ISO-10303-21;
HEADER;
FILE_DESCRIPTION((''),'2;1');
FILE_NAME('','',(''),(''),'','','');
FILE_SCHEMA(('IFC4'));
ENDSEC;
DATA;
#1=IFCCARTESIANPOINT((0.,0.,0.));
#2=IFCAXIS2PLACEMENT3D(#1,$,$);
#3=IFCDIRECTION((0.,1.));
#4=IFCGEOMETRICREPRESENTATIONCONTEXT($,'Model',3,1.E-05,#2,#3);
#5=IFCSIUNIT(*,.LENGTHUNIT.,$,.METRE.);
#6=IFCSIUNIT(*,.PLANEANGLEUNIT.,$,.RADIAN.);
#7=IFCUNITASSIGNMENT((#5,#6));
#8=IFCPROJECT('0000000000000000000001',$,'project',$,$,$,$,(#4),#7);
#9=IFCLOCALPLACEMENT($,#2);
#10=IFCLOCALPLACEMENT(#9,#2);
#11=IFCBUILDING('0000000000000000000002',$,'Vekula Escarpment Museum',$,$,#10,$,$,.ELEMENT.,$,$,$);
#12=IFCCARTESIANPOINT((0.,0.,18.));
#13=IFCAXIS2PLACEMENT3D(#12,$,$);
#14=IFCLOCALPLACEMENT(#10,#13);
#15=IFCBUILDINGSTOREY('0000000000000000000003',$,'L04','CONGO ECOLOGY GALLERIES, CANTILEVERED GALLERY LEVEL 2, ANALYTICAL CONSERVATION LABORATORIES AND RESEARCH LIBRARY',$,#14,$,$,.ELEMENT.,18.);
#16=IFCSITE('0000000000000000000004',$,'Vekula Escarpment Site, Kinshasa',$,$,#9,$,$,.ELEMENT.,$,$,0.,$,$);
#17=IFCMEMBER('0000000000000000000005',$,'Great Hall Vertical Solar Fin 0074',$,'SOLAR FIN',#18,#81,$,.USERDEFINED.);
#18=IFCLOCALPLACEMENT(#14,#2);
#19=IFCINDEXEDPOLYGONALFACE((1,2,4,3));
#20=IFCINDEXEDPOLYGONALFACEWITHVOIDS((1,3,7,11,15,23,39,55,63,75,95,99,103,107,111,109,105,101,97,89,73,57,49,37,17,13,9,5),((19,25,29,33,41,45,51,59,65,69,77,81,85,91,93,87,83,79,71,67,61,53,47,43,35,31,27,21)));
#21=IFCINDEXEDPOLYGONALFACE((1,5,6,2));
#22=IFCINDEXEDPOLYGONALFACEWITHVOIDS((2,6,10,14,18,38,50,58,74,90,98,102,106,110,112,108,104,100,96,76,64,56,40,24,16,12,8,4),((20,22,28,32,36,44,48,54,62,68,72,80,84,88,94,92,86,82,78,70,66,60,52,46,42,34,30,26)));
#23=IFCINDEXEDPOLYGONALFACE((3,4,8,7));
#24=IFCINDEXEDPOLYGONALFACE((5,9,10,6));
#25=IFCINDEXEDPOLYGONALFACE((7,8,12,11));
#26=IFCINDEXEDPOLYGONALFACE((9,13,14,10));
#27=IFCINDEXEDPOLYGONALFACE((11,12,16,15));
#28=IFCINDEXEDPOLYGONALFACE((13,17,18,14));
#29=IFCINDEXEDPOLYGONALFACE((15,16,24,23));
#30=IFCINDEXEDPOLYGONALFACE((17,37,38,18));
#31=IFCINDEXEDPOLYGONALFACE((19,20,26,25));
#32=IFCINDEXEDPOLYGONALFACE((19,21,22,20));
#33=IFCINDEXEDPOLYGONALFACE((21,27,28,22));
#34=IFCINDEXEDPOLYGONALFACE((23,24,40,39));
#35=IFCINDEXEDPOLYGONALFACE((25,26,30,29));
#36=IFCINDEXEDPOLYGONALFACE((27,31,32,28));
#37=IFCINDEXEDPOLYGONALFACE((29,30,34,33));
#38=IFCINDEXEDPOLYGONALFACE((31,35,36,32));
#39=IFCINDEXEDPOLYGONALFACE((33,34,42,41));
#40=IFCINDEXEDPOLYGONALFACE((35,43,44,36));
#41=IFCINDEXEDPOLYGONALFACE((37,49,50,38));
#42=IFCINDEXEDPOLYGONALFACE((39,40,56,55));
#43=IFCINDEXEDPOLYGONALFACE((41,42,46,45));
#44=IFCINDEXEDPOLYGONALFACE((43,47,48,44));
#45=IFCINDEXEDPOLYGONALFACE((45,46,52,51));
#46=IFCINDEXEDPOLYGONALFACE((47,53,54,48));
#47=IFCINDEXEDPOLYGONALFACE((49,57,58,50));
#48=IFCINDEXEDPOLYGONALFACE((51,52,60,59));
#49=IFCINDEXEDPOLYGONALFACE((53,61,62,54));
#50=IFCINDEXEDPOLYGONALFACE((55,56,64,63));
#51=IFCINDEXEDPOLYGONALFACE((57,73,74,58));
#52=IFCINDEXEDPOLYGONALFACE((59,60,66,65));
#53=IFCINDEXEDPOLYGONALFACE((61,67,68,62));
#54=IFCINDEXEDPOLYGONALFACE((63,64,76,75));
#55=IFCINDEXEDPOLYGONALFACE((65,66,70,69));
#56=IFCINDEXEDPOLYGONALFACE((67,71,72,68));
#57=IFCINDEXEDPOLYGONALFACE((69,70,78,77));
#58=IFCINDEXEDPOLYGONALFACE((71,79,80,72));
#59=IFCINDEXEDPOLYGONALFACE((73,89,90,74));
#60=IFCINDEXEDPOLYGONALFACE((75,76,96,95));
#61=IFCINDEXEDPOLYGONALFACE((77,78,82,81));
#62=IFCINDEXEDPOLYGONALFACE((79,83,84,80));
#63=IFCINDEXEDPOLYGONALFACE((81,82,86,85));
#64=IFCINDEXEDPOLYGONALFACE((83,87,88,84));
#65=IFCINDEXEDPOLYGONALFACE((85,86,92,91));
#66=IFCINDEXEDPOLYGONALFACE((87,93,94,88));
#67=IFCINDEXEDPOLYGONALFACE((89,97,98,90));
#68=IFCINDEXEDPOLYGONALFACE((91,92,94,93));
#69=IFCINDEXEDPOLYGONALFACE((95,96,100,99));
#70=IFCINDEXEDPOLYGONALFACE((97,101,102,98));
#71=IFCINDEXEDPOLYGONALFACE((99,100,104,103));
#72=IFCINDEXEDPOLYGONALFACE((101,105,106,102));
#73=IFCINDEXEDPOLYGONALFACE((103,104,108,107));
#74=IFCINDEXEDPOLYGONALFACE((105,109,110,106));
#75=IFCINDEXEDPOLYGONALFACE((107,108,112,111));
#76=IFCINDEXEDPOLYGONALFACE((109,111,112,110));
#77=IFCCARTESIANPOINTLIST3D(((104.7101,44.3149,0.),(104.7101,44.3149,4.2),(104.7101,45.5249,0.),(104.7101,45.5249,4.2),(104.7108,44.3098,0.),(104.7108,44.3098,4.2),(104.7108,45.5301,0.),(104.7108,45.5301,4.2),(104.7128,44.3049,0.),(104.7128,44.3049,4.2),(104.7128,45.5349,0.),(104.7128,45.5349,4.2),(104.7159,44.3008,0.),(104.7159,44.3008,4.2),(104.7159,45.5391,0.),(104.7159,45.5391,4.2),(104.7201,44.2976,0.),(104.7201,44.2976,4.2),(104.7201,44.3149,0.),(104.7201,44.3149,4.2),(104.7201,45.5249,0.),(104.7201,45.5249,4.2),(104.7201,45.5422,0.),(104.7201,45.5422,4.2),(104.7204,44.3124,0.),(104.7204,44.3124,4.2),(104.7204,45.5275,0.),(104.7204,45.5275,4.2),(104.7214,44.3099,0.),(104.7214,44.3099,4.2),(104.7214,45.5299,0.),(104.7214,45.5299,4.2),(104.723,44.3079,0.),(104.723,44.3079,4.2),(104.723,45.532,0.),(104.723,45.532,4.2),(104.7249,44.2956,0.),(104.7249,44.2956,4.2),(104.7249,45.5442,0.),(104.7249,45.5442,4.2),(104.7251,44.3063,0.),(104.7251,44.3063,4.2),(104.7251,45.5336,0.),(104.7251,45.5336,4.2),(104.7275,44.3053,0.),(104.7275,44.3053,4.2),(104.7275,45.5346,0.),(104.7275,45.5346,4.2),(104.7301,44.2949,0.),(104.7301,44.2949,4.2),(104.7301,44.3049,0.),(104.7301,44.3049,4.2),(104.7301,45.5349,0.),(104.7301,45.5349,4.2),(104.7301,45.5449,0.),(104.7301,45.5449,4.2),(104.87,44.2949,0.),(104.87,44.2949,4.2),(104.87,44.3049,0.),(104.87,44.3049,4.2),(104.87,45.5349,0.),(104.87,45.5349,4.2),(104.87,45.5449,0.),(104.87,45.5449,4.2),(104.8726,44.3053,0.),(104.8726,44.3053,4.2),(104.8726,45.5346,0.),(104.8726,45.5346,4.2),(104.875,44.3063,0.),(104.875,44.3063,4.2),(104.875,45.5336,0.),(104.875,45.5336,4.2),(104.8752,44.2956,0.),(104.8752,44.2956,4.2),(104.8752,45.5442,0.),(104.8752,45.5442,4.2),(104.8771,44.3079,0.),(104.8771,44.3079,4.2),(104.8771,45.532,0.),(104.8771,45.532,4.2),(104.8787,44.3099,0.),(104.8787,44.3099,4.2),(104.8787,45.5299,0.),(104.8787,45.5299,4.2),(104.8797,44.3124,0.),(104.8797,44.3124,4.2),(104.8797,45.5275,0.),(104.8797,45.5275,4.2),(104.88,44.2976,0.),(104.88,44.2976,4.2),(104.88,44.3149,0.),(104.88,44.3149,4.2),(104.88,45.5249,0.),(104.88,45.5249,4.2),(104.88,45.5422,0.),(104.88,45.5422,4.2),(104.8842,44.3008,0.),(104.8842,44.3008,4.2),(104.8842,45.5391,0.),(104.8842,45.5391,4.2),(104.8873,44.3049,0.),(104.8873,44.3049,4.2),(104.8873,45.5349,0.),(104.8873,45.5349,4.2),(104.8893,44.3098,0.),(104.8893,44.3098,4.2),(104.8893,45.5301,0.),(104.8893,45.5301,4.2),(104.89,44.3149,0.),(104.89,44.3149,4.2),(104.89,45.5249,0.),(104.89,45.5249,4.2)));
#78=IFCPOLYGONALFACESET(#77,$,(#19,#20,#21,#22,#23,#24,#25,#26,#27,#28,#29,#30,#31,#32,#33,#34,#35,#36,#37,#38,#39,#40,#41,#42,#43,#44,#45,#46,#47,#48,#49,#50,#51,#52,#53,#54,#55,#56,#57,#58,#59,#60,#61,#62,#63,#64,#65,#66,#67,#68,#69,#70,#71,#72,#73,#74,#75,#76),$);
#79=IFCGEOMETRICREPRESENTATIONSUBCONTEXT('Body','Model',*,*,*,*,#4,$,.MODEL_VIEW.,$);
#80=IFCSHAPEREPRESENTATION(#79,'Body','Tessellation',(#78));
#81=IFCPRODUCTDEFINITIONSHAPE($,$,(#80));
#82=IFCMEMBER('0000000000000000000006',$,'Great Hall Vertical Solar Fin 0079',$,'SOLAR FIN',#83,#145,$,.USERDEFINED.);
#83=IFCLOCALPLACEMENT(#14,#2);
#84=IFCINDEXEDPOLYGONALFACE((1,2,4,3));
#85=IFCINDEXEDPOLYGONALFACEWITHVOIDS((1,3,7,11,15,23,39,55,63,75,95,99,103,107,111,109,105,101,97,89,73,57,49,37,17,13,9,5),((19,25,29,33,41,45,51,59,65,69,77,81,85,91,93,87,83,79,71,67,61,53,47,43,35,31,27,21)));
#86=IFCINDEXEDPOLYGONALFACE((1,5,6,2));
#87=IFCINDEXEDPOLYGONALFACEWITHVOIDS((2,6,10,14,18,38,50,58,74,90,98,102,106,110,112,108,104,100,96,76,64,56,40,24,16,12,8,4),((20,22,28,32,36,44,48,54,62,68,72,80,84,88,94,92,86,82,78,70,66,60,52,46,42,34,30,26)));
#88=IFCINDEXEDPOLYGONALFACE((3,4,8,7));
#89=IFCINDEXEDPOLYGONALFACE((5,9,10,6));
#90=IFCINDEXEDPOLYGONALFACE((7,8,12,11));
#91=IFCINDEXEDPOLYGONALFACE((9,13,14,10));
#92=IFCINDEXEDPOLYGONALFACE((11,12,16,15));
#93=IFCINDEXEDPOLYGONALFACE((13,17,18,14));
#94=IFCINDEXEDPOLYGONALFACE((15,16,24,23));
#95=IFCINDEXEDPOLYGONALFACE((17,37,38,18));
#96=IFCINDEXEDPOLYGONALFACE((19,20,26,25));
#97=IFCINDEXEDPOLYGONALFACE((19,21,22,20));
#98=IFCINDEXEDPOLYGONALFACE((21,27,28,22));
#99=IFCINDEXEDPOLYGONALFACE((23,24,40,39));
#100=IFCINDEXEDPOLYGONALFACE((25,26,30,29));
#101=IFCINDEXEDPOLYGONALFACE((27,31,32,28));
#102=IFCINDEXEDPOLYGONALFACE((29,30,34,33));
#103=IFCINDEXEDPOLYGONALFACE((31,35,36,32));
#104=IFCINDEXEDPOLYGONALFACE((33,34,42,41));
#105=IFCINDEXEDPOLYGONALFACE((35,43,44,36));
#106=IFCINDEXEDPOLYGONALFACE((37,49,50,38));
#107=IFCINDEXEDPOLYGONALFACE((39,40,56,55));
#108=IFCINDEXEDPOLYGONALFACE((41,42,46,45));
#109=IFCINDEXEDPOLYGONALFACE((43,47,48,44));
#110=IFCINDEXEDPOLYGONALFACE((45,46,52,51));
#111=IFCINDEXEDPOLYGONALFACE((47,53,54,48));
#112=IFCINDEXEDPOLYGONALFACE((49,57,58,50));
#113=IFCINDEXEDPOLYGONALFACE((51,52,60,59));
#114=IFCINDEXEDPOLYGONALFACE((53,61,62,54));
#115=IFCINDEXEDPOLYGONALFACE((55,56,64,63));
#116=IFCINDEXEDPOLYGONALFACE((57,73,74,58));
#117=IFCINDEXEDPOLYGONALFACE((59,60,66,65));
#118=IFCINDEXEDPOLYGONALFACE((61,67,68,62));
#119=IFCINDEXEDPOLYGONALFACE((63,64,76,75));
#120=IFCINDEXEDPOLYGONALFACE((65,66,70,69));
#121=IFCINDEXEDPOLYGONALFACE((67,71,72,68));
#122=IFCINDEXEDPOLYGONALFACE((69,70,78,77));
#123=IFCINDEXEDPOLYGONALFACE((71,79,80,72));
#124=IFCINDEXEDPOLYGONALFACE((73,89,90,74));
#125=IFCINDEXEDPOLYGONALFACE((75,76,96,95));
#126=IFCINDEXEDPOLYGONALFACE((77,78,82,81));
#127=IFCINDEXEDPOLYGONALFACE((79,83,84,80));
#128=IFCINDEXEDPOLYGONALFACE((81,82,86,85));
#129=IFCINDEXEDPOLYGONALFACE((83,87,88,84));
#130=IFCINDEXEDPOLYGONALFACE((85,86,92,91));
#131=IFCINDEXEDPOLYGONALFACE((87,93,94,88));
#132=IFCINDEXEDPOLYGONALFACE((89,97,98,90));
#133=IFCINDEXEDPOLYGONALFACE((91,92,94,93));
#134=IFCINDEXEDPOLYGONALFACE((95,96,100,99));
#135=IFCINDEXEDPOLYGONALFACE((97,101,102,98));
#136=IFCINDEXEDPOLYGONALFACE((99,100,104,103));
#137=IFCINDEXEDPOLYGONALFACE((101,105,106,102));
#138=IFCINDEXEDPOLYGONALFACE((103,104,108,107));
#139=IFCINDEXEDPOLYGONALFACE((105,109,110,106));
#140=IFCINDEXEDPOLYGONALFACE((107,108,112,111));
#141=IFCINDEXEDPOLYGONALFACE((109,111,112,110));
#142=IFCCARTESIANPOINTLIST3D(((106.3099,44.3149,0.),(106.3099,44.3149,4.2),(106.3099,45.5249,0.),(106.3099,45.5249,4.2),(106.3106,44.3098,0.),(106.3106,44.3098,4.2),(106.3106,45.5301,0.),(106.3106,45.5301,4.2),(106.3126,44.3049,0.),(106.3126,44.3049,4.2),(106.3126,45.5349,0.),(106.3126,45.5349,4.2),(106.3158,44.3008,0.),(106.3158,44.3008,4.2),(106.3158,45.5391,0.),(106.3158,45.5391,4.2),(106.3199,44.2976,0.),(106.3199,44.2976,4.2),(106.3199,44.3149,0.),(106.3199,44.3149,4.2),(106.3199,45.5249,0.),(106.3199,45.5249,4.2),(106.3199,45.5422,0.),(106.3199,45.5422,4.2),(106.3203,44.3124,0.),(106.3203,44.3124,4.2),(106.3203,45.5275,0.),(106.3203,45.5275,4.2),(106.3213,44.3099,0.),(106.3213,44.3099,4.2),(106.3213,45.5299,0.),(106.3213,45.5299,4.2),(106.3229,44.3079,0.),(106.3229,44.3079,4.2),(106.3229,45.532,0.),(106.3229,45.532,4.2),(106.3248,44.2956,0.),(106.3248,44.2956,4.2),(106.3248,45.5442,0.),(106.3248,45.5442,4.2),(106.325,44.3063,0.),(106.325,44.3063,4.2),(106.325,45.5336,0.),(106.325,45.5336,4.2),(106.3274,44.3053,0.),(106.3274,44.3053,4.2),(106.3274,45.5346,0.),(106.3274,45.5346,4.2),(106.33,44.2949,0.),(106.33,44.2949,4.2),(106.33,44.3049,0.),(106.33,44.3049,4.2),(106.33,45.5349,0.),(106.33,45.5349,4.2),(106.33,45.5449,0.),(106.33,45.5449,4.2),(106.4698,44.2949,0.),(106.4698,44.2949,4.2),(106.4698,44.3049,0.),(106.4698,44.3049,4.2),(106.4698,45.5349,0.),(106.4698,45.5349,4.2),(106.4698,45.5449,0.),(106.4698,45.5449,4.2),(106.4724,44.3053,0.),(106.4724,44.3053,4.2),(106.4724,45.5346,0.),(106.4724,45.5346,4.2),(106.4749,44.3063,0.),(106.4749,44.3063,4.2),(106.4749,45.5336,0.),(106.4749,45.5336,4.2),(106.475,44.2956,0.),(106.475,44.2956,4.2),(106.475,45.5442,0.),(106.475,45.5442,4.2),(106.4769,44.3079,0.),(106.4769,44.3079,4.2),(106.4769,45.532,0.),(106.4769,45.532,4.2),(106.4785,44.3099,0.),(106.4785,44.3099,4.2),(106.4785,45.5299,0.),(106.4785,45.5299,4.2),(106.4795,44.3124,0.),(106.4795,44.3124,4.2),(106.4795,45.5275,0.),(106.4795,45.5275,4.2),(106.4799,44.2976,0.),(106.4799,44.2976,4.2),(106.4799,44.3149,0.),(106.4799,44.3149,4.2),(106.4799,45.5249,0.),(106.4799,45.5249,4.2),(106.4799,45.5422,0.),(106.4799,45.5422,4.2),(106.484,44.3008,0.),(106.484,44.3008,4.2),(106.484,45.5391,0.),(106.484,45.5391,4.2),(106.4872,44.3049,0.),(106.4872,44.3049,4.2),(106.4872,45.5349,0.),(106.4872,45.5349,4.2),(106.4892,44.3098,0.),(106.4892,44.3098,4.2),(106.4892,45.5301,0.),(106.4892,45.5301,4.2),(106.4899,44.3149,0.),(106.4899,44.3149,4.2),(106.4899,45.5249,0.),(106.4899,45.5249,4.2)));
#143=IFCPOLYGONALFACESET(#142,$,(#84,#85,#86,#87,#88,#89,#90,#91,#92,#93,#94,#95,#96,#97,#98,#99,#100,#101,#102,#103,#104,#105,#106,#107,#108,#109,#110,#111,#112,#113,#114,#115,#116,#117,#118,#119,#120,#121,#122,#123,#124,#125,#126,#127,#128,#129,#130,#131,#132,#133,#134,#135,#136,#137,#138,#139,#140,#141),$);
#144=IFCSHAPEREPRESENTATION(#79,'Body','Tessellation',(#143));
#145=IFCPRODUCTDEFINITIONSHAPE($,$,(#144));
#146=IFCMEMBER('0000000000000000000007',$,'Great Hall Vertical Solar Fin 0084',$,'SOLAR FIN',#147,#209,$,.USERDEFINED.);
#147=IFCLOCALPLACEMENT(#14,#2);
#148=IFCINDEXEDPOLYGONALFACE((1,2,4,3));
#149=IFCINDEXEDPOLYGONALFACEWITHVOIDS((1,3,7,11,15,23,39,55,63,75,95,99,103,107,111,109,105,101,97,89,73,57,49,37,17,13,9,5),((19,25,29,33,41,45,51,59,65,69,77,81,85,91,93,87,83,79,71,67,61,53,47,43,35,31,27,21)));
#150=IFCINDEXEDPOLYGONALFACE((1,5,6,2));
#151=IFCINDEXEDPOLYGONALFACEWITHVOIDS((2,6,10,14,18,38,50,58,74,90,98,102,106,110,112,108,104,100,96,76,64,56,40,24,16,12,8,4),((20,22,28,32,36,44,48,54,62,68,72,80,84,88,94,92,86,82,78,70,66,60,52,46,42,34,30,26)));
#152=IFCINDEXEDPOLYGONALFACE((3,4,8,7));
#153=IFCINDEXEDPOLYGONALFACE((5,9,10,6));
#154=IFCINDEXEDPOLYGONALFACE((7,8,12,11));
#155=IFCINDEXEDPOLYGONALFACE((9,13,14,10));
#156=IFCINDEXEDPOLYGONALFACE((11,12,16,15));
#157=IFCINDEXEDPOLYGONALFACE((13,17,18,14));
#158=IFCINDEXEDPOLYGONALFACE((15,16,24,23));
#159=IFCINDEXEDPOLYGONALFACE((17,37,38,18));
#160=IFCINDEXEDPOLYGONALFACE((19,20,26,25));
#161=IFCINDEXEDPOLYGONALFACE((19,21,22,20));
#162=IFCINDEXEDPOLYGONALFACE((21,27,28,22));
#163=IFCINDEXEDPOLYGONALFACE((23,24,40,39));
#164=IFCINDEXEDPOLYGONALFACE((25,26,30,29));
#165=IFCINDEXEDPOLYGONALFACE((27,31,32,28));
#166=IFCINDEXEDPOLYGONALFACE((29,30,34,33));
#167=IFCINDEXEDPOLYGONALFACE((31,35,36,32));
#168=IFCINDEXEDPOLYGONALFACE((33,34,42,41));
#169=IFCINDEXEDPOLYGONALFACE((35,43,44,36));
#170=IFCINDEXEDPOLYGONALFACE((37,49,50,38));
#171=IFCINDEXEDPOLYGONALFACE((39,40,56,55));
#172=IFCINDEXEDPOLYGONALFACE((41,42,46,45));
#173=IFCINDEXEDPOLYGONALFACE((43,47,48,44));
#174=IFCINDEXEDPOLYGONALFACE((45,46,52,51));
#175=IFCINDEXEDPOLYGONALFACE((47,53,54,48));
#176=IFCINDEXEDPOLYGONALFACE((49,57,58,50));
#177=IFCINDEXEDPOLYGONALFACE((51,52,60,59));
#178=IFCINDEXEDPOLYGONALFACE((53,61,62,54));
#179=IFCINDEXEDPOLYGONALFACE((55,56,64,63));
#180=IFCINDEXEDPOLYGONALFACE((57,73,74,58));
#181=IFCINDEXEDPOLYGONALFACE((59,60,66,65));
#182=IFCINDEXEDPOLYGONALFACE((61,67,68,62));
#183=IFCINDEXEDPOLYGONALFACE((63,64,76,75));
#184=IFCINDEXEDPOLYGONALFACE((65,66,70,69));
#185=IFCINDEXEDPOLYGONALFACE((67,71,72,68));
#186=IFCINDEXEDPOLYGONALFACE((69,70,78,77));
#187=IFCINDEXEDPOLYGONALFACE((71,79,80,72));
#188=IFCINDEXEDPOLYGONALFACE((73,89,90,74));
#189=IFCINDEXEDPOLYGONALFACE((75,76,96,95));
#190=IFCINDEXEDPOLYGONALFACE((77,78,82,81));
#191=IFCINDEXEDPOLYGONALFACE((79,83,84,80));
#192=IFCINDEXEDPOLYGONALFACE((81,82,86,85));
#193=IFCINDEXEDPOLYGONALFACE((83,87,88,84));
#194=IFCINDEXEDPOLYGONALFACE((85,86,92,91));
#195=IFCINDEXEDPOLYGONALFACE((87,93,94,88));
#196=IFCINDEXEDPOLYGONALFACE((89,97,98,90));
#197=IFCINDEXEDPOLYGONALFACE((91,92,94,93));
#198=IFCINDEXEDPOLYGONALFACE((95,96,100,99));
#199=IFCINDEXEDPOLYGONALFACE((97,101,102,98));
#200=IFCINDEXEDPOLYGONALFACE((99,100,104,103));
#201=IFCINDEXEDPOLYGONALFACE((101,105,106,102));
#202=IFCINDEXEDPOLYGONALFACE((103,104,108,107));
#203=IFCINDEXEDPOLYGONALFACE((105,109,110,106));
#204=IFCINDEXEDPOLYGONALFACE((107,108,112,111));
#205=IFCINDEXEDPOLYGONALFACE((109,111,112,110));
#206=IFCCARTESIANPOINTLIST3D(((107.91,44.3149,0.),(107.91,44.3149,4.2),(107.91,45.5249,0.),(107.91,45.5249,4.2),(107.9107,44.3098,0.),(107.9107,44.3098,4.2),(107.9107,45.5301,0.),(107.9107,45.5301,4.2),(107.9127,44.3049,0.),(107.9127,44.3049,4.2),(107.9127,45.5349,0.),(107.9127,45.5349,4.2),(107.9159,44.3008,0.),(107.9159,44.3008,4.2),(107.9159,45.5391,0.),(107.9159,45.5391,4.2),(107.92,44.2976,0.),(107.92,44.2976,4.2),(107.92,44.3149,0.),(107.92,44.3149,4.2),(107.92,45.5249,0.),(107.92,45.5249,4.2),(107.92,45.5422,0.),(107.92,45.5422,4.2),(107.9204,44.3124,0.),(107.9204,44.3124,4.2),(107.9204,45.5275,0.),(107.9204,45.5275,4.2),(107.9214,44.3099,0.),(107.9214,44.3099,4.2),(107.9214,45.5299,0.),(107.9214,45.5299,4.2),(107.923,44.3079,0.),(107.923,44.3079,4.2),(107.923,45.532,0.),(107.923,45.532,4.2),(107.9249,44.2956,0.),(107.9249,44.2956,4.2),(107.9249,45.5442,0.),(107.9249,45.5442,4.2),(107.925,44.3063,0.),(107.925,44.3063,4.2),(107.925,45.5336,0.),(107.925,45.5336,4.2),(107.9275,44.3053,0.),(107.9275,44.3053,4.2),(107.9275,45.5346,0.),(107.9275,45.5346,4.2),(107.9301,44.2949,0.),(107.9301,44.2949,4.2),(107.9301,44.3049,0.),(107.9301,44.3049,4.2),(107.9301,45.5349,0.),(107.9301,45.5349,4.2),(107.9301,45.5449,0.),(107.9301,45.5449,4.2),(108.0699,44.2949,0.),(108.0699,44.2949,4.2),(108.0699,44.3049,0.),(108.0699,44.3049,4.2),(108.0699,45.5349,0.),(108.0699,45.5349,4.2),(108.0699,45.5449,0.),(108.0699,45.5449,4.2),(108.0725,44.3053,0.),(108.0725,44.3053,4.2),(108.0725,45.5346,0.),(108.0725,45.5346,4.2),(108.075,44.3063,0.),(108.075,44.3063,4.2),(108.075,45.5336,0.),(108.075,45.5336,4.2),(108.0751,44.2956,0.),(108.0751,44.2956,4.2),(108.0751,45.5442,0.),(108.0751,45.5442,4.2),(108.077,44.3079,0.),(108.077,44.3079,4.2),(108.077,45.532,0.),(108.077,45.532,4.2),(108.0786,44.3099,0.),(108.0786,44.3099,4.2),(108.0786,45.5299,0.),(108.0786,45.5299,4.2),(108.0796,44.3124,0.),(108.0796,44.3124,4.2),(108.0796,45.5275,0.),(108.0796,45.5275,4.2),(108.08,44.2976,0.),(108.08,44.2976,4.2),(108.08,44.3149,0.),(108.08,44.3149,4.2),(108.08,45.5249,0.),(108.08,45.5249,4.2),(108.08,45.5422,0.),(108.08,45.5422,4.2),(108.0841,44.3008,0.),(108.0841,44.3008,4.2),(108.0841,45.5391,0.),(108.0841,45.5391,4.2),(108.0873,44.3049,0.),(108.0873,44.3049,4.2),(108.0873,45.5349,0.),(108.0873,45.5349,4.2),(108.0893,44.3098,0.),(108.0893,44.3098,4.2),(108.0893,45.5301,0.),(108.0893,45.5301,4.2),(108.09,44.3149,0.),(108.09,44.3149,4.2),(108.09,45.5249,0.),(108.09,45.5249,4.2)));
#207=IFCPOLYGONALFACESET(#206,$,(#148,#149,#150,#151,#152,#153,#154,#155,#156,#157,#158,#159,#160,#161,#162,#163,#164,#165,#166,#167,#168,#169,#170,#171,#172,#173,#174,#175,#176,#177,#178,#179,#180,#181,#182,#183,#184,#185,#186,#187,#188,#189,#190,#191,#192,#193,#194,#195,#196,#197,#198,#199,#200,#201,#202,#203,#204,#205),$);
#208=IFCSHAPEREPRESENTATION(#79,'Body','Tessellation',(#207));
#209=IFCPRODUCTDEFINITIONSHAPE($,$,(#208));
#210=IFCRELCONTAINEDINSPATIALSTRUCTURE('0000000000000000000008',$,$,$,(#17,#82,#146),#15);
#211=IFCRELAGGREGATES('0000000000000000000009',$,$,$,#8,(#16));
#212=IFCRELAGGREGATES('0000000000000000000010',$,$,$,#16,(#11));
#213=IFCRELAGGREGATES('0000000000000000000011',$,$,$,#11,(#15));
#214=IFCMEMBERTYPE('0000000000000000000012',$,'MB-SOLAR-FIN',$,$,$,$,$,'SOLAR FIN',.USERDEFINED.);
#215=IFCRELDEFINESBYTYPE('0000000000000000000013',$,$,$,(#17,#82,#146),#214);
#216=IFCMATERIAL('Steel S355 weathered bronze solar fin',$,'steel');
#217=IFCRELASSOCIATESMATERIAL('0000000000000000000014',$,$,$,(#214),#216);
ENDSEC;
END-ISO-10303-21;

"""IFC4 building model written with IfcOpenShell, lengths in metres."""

from ifc_helpers import new_model, si_unit, direction, frame, origin, origin_2d, place, context, subcontext, project, spatial, hollow_rectangle, extrude, material, material_profile, profile_set, type_object, element, save


model = new_model("IFC4")

# Units and contexts
model_context = context("Model", 3, precision=1e-05, world=origin(), true_north=direction((0.0, 1.0)))
body_context = subcontext(model_context, "Body", "Model", "MODEL_VIEW")
ifc_project = project(units=[si_unit("LENGTHUNIT", "METRE"), si_unit("PLANEANGLEUNIT", "RADIAN")], contexts=[model_context])

# Site, building, storey
site_placement = place(None, origin())
site = spatial("IfcSite", under=ifc_project, at=site_placement, Name="Vekula Escarpment Site, Kinshasa", CompositionType="ELEMENT", RefElevation=0.0)
building_placement = place(site_placement, origin())
building = spatial("IfcBuilding", under=site, at=building_placement, Name="Vekula Escarpment Museum", CompositionType="ELEMENT")
storey_placement = place(building_placement, frame((0.0, 0.0, 18.0)))
storey = spatial("IfcBuildingStorey", under=building, at=storey_placement, Name="L04", Description="CONGO ECOLOGY GALLERIES, CANTILEVERED GALLERY LEVEL 2, ANALYTICAL CONSERVATION LABORATORIES AND RESEARCH LIBRARY", CompositionType="ELEMENT", Elevation=18.0)

# Members
ifc_material_1 = material(Name="Steel S355 weathered bronze solar fin", Category="steel")
ifc_material_profile_1 = material_profile(ifc_material_1, hollow_rectangle(XDim=0.1799, YDim=1.25, WallThickness=0.01, InnerFilletRadius=0.01, OuterFilletRadius=0.02, at=origin_2d()), Name="RHS 1250x180x10")
ifc_profile_set_1 = profile_set([ifc_material_profile_1], Name="Steel S355 weathered bronze solar fin")
member_type_1 = type_object("IfcMemberType", Name="MB-SOLAR-FIN", ElementType="SOLAR FIN", PredefinedType="USERDEFINED", material=ifc_profile_set_1)
for number, where, z_axis, x_axis, name in (
    (1, (104.8, 44.9199, 0.0), (0.0, 0.0, 1.0), (1.0, 0.0, 0.0), "Great Hall Vertical Solar Fin 0074"),
    (2, (106.3999, 44.9199, 0.0), (0.0, 0.0, 1.0), (1.0, 0.0, 0.0), "Great Hall Vertical Solar Fin 0079"),
    (3, (108.0, 44.9199, 0.0), (0.0, 0.0, 1.0), (1.0, 0.0, 0.0), "Great Hall Vertical Solar Fin 0084"),
):
    element("IfcMember", number, at=place(storey_placement, frame(where, z_axis=z_axis, x_axis=x_axis)), inside=storey, type_object=member_type_1, Name=name, ObjectType="SOLAR FIN", PredefinedType="USERDEFINED", context=body_context, shape_type="SweptSolid", body=[
        extrude(hollow_rectangle(XDim=0.1799, YDim=1.25, WallThickness=0.01, InnerFilletRadius=0.01, OuterFilletRadius=0.02, at=origin_2d()), origin(), (0.0, 0.0, 1.0), 4.2),
    ])

save(model, "model.ifc")
